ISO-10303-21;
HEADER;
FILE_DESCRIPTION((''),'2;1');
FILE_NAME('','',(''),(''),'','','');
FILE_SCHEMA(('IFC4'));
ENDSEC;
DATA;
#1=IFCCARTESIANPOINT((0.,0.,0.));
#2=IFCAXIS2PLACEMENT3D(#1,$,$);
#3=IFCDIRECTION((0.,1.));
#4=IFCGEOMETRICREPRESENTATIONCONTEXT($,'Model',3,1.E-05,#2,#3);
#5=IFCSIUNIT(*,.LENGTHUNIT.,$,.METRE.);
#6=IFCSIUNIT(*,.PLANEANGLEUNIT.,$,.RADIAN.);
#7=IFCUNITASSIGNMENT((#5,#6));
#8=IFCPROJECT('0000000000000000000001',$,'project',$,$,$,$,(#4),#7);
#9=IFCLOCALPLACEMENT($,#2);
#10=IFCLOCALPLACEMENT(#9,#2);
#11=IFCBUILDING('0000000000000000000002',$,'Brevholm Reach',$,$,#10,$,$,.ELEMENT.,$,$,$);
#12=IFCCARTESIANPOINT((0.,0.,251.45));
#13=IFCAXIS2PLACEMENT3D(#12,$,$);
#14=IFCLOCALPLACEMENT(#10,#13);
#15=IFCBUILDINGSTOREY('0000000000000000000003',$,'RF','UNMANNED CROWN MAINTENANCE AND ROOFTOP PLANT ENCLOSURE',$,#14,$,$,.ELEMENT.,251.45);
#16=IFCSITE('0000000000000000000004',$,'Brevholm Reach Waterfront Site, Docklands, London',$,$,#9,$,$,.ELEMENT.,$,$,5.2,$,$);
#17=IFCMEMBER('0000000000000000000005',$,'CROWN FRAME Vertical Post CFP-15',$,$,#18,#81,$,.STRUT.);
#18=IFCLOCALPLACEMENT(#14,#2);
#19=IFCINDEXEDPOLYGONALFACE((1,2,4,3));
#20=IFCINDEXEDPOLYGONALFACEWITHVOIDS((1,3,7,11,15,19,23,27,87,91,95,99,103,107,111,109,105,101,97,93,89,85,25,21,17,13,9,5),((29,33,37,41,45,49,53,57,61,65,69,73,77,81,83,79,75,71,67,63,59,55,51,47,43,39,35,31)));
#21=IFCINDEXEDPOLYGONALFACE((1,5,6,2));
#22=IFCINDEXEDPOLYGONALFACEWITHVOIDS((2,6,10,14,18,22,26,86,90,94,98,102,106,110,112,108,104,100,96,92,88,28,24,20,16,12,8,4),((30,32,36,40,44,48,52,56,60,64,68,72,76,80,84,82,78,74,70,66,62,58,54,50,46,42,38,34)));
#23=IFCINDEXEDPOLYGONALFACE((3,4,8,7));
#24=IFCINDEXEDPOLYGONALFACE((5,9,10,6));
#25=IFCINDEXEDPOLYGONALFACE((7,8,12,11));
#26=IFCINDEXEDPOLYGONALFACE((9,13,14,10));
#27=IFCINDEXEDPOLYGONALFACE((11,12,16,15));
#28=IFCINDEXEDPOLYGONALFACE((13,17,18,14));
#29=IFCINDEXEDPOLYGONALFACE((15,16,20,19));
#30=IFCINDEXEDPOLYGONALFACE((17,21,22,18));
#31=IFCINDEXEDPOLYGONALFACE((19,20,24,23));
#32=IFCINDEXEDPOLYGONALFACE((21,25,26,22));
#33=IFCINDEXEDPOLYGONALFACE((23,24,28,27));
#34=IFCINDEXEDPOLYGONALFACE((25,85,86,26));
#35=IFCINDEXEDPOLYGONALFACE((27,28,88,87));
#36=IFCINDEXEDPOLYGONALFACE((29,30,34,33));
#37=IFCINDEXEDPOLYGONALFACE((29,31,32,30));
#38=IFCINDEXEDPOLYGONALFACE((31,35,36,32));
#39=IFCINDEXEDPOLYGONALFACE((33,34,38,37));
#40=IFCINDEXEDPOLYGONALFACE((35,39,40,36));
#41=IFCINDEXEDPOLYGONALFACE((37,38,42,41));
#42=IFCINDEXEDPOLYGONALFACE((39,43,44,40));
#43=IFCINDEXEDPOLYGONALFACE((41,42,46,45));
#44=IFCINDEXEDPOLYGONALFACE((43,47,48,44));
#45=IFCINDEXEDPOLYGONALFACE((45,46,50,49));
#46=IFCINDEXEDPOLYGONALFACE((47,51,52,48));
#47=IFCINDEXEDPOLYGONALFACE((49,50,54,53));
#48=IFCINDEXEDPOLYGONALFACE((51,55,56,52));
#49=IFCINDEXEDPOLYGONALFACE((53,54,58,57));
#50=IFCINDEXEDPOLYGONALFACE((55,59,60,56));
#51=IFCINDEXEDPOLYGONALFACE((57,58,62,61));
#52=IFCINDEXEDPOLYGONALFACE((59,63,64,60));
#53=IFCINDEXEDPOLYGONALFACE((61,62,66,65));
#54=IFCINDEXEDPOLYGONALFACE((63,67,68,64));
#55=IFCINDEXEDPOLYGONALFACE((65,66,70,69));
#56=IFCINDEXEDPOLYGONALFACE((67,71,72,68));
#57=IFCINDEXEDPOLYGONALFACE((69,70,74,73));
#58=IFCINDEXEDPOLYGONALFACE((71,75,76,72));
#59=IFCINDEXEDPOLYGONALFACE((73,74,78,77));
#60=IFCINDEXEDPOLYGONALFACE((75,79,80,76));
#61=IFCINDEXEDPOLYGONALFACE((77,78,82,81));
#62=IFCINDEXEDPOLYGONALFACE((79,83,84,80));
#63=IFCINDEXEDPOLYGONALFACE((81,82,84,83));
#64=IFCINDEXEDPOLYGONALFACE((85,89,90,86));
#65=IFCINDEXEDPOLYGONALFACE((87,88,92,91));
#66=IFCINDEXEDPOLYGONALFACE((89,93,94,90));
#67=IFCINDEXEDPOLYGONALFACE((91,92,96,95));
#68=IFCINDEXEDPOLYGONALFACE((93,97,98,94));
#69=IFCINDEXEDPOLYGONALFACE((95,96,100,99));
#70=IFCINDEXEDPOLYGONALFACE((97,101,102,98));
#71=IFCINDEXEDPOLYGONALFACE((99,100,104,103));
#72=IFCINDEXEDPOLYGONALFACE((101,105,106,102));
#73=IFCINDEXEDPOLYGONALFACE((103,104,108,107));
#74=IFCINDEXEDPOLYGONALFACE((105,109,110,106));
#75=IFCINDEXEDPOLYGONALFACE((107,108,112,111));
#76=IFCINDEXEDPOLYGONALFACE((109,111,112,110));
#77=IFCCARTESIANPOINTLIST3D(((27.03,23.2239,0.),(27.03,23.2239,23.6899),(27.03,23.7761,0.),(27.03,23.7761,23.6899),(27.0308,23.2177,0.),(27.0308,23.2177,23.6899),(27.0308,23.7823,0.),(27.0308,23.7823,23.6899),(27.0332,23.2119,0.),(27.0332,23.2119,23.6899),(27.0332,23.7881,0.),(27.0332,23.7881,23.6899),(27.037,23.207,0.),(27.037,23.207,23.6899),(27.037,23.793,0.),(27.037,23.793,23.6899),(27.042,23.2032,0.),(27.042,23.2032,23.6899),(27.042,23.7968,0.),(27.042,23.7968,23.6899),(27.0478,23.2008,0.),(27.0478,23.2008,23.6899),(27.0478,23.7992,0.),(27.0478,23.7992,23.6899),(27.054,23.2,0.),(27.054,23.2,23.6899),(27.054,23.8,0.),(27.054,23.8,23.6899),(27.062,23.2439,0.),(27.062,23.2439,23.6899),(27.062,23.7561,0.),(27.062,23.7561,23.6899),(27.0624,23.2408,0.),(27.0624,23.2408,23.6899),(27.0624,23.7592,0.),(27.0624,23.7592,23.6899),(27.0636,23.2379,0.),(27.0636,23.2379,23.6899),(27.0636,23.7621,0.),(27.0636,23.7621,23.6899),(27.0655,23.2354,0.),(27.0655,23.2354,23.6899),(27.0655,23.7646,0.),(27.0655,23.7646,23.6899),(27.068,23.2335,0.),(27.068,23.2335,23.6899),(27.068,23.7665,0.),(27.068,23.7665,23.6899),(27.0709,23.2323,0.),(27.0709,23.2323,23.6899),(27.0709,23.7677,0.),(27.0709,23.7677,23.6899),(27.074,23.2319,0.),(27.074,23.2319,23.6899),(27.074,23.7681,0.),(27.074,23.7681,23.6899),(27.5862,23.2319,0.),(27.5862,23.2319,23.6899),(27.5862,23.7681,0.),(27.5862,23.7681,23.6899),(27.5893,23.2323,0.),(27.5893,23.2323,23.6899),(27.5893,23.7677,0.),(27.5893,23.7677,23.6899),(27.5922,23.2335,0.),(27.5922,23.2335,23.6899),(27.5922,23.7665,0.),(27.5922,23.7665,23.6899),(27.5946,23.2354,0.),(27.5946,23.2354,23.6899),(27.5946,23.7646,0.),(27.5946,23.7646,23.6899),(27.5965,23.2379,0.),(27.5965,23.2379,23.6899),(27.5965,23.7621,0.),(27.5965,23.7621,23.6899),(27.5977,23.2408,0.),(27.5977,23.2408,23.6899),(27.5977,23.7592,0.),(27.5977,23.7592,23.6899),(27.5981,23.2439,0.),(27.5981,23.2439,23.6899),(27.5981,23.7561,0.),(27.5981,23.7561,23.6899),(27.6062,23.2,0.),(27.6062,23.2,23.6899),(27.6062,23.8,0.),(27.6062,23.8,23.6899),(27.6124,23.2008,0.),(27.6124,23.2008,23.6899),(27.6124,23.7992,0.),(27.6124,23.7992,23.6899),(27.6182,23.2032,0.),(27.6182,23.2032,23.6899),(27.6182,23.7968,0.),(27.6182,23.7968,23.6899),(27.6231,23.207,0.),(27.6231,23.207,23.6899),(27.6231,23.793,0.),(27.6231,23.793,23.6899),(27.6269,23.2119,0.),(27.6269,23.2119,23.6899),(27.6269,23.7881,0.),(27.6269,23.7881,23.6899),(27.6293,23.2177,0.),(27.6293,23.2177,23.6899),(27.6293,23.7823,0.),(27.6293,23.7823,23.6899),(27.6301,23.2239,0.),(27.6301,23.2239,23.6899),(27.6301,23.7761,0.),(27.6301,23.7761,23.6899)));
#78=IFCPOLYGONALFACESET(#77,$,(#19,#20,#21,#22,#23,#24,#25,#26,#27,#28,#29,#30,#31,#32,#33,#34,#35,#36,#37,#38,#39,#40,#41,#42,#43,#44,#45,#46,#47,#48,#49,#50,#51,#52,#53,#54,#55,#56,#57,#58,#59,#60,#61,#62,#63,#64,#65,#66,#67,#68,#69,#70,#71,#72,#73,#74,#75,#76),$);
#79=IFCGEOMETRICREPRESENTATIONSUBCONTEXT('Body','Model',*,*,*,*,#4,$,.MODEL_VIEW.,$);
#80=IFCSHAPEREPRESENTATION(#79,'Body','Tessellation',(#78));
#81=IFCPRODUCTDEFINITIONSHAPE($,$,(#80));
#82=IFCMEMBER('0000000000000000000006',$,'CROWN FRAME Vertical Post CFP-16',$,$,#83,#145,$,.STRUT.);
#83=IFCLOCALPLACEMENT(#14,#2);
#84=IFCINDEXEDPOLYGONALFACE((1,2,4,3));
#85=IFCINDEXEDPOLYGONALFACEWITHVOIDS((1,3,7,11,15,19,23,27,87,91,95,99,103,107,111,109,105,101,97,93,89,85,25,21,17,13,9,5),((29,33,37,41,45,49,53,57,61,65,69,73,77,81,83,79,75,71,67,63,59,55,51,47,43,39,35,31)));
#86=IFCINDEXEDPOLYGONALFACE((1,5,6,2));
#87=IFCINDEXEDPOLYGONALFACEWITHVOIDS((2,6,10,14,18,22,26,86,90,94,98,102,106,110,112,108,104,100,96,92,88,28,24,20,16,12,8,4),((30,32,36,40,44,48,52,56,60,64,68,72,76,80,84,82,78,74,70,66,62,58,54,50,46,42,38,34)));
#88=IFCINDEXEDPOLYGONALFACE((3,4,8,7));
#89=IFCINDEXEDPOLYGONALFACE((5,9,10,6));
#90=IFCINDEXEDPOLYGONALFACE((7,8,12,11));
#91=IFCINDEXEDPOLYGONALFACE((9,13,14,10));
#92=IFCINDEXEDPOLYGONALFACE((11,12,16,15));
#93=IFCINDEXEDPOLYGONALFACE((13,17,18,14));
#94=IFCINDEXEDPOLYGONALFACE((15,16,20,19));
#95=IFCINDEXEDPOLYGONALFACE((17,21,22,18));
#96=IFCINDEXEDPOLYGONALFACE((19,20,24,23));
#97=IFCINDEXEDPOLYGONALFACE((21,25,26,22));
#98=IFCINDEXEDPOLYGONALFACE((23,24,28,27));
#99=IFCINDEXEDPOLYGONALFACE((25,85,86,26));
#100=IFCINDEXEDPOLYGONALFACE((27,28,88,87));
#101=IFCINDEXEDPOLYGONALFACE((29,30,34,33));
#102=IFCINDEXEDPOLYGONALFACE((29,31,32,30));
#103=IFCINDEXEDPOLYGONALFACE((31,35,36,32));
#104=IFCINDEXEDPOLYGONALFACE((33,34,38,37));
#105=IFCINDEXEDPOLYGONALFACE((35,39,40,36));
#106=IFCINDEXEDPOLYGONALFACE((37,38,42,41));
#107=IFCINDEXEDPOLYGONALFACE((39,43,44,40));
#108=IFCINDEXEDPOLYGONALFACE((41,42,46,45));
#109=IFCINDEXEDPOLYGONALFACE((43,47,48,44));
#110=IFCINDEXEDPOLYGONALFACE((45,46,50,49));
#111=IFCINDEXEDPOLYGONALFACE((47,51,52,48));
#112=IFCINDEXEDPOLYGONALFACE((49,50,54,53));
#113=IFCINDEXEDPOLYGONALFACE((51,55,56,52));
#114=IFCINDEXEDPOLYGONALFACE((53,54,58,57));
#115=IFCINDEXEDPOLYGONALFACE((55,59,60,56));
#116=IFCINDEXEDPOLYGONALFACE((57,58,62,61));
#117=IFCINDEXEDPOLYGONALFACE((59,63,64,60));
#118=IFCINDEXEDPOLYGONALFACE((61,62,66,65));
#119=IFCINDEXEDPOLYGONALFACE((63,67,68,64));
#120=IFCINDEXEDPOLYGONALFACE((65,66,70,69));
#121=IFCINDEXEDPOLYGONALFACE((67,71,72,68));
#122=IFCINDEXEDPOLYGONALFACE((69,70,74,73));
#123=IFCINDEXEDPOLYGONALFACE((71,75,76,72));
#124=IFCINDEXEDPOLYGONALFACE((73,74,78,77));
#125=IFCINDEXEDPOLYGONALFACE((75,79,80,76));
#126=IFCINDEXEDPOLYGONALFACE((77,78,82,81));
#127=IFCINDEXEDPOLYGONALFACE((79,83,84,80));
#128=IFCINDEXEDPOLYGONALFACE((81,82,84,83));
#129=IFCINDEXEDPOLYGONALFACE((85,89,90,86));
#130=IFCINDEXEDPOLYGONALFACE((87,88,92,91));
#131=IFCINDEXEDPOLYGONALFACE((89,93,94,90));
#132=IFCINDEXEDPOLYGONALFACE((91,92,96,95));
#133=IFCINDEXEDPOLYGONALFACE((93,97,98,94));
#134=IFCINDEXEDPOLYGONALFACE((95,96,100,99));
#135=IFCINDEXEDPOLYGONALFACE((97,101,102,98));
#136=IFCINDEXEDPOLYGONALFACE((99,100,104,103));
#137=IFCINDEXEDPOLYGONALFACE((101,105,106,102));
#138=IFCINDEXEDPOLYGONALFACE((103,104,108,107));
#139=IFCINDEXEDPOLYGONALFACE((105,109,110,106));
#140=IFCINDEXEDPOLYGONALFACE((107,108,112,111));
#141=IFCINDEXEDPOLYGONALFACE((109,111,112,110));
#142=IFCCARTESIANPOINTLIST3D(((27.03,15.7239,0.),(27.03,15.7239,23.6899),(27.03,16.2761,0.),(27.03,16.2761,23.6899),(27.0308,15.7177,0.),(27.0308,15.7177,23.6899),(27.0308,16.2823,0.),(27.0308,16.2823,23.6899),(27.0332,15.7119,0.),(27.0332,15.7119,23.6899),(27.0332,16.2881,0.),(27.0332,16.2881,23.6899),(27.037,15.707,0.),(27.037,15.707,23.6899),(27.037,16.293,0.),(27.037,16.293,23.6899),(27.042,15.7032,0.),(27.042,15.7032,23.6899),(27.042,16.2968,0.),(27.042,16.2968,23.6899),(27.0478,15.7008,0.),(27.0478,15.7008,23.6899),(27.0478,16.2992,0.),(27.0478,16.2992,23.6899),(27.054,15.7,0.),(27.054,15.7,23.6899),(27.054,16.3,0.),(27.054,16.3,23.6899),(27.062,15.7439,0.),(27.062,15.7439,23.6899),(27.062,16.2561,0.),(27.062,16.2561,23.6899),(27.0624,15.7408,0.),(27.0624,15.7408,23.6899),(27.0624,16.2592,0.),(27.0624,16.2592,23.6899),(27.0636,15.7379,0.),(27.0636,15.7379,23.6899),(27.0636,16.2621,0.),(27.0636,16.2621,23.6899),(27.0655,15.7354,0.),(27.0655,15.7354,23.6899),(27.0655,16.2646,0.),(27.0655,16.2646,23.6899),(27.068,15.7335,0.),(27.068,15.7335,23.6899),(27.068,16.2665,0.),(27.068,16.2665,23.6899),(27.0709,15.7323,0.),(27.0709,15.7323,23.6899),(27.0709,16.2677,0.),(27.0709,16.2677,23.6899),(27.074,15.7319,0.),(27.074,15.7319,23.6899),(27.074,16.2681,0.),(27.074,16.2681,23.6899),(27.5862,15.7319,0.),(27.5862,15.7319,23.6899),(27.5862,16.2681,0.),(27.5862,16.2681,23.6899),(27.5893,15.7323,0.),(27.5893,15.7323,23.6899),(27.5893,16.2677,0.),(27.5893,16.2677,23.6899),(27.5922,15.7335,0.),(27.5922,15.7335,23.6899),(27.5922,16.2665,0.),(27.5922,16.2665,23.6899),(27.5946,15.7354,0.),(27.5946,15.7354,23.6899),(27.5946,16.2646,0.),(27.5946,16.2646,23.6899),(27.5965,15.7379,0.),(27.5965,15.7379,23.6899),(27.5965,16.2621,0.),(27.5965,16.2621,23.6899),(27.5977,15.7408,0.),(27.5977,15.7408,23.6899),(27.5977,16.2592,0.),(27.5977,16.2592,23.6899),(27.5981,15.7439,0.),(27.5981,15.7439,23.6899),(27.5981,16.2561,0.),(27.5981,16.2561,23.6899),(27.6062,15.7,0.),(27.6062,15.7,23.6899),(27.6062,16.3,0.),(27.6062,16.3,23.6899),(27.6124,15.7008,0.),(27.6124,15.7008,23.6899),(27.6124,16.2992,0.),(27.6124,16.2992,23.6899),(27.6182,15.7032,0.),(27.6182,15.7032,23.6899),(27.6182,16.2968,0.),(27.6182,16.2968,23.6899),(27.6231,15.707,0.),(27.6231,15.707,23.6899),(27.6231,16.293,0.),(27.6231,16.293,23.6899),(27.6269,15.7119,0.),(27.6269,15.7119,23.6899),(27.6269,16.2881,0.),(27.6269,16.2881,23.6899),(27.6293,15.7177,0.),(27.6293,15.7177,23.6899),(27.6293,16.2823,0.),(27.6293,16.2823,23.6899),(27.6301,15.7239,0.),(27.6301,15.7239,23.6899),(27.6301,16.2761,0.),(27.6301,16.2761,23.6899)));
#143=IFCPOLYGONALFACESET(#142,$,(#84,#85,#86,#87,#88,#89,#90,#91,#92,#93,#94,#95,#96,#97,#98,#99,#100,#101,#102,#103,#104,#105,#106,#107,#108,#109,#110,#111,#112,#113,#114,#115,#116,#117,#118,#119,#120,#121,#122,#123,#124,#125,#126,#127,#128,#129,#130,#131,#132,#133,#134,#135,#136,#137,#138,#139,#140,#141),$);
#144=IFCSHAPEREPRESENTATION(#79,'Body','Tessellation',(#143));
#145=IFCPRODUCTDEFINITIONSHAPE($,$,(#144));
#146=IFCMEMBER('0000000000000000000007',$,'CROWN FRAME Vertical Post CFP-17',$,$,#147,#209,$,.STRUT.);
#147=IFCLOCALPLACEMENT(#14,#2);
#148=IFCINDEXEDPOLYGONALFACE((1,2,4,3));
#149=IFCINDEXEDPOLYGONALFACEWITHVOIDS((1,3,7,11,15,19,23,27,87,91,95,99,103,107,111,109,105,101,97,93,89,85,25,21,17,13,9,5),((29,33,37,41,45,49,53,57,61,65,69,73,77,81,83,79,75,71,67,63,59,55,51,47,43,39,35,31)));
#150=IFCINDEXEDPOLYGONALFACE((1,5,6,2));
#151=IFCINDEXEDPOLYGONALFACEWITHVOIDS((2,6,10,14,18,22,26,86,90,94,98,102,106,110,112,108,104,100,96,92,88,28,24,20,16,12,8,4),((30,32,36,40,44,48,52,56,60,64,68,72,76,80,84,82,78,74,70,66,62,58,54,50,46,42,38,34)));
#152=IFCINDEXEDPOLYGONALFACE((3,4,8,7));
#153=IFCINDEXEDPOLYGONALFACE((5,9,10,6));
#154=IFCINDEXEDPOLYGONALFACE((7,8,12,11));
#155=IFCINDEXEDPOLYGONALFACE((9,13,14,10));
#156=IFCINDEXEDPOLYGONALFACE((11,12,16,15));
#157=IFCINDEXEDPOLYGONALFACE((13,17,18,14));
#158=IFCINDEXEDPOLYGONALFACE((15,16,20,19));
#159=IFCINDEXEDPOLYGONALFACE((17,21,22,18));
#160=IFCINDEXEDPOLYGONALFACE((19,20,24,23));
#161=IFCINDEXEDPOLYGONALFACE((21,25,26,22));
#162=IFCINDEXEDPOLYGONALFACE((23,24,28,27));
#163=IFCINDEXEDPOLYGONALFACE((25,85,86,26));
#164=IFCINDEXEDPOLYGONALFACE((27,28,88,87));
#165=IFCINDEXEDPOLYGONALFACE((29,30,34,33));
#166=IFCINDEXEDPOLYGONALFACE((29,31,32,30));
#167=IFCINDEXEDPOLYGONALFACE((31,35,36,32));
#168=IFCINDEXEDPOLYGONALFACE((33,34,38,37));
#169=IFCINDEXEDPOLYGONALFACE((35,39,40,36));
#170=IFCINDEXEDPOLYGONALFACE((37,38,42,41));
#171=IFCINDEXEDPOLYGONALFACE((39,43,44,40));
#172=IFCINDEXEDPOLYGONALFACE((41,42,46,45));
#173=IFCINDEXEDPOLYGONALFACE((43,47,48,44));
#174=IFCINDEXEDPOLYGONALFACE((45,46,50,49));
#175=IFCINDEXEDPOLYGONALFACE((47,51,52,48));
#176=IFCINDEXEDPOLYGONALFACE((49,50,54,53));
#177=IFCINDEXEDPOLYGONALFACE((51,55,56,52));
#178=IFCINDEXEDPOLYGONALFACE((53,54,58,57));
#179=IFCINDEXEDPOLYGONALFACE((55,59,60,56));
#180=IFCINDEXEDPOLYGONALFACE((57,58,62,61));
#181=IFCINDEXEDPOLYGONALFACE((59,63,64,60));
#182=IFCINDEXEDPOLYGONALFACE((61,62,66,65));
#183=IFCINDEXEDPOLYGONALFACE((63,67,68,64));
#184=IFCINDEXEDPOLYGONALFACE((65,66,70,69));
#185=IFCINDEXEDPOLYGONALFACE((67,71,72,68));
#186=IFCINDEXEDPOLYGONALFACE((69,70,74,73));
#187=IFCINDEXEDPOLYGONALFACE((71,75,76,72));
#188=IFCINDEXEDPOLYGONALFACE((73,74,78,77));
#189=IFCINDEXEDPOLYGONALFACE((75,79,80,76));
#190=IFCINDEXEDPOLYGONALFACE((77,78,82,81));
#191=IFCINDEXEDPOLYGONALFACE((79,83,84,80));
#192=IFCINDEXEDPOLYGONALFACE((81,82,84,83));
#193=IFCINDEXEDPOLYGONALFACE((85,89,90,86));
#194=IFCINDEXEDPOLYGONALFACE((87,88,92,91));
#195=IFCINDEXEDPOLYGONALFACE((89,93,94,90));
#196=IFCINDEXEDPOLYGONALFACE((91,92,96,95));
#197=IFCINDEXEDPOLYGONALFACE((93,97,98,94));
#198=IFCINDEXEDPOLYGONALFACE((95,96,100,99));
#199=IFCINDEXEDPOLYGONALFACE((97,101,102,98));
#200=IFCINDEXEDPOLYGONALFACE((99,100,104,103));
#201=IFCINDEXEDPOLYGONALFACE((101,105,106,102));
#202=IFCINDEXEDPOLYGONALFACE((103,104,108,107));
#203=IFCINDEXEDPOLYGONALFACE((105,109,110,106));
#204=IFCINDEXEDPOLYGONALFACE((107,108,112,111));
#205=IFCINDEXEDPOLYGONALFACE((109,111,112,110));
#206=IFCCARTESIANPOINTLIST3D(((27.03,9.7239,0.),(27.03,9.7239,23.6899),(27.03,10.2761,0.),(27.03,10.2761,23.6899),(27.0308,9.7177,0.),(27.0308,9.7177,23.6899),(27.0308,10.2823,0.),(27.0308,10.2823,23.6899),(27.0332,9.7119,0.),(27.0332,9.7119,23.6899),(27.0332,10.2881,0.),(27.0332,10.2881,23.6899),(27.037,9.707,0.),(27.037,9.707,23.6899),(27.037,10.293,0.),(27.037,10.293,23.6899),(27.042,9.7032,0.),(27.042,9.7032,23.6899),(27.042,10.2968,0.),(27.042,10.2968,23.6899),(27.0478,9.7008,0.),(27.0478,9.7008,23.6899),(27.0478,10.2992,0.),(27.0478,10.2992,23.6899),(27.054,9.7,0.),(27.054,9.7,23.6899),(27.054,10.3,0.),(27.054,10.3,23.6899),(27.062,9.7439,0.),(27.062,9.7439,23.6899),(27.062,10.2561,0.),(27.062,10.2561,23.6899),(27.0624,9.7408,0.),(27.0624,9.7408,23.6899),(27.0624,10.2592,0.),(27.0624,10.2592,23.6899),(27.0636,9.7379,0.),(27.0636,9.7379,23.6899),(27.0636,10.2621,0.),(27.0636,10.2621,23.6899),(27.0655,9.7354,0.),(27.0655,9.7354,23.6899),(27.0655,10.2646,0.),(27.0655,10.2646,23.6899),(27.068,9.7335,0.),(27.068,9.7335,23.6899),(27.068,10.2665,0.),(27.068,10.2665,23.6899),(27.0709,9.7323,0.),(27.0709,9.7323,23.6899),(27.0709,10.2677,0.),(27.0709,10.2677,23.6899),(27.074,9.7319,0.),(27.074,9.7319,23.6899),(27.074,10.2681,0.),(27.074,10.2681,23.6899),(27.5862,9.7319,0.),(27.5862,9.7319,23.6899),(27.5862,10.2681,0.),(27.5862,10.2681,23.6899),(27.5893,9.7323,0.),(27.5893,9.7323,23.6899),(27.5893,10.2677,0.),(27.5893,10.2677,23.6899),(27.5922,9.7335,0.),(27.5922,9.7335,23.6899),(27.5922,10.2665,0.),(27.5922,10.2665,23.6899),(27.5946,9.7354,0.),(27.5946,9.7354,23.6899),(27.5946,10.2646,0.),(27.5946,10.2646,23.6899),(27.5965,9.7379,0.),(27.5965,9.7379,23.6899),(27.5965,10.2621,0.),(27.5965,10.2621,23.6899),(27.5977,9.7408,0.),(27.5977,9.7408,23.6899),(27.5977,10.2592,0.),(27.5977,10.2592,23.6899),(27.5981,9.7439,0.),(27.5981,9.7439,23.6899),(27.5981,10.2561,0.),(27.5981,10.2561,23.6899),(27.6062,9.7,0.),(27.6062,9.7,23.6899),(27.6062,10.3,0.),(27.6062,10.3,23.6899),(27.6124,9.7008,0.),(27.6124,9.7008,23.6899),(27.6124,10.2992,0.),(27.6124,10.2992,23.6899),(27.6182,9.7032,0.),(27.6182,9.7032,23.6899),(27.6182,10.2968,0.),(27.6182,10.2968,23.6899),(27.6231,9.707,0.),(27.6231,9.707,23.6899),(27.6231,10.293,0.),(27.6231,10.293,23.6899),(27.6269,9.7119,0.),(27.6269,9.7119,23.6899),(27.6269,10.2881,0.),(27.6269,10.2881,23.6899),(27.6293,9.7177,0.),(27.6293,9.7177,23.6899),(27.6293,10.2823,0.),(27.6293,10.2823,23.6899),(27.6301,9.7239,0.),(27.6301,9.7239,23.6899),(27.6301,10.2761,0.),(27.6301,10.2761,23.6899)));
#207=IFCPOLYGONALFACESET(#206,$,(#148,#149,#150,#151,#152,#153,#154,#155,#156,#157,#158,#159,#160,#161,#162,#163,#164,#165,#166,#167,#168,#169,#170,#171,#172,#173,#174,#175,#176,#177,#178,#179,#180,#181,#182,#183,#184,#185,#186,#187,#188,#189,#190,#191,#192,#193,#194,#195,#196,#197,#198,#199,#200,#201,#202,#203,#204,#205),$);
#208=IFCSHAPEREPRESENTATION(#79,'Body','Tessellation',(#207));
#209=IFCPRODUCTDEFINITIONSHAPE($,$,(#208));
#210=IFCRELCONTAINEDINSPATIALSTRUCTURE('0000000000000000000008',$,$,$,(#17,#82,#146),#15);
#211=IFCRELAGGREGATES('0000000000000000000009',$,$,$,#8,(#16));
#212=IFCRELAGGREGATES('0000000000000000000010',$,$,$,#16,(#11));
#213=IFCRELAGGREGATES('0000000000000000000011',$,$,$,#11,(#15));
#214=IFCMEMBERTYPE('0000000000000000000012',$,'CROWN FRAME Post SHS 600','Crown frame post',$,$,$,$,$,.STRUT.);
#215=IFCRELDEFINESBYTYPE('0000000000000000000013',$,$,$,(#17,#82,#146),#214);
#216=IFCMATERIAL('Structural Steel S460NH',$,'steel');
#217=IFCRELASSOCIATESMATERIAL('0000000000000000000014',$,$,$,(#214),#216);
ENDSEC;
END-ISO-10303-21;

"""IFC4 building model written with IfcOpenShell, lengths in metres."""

from ifc_helpers import new_model, si_unit, direction, frame, origin, origin_2d, place, context, subcontext, project, spatial, hollow_rectangle, extrude, material, material_profile, profile_set, type_object, element, save


model = new_model("IFC4")

# Units and contexts
model_context = context("Model", 3, precision=1e-05, world=origin(), true_north=direction((0.0, 1.0)))
body_context = subcontext(model_context, "Body", "Model", "MODEL_VIEW")
ifc_project = project(units=[si_unit("LENGTHUNIT", "METRE"), si_unit("PLANEANGLEUNIT", "RADIAN")], contexts=[model_context])

# Site, building, storey
site_placement = place(None, origin())
site = spatial("IfcSite", under=ifc_project, at=site_placement, Name="Brevholm Reach Waterfront Site, Docklands, London", CompositionType="ELEMENT", RefElevation=5.2)
building_placement = place(site_placement, origin())
building = spatial("IfcBuilding", under=site, at=building_placement, Name="Brevholm Reach", CompositionType="ELEMENT")
storey_placement = place(building_placement, frame((0.0, 0.0, 251.45)))
storey = spatial("IfcBuildingStorey", under=building, at=storey_placement, Name="RF", Description="UNMANNED CROWN MAINTENANCE AND ROOFTOP PLANT ENCLOSURE", CompositionType="ELEMENT", Elevation=251.45)

# Members
ifc_material_1 = material(Name="Structural Steel S460NH", Category="steel")
ifc_material_profile_1 = material_profile(ifc_material_1, hollow_rectangle(XDim=0.6001, YDim=0.6001, WallThickness=0.032, InnerFilletRadius=0.012, OuterFilletRadius=0.0239, at=origin_2d()), Name="SHS 600x600x32")
ifc_profile_set_1 = profile_set([ifc_material_profile_1], Name="Structural Steel S460NH")
member_type_1 = type_object("IfcMemberType", Name="CROWN FRAME Post SHS 600", Description="Crown frame post", PredefinedType="STRUT", material=ifc_profile_set_1)
for number, where, z_axis, x_axis, name in (
    (1, (27.3301, 23.5, 0.0), (0.0, 0.0, 1.0), (1.0, 0.0, 0.0), "CROWN FRAME Vertical Post CFP-15"),
    (2, (27.3301, 16.0, 0.0), (0.0, 0.0, 1.0), (1.0, 0.0, 0.0), "CROWN FRAME Vertical Post CFP-16"),
    (3, (27.3301, 10.0, 0.0), (0.0, 0.0, 1.0), (1.0, 0.0, 0.0), "CROWN FRAME Vertical Post CFP-17"),
):
    element("IfcMember", number, at=place(storey_placement, frame(where, z_axis=z_axis, x_axis=x_axis)), inside=storey, type_object=member_type_1, Name=name, PredefinedType="STRUT", context=body_context, shape_type="SweptSolid", body=[
        extrude(hollow_rectangle(XDim=0.6001, YDim=0.6001, WallThickness=0.032, InnerFilletRadius=0.012, OuterFilletRadius=0.0239, at=origin_2d()), origin(), (0.0, 0.0, 1.0), 23.6899),
    ])

save(model, "model.ifc")
